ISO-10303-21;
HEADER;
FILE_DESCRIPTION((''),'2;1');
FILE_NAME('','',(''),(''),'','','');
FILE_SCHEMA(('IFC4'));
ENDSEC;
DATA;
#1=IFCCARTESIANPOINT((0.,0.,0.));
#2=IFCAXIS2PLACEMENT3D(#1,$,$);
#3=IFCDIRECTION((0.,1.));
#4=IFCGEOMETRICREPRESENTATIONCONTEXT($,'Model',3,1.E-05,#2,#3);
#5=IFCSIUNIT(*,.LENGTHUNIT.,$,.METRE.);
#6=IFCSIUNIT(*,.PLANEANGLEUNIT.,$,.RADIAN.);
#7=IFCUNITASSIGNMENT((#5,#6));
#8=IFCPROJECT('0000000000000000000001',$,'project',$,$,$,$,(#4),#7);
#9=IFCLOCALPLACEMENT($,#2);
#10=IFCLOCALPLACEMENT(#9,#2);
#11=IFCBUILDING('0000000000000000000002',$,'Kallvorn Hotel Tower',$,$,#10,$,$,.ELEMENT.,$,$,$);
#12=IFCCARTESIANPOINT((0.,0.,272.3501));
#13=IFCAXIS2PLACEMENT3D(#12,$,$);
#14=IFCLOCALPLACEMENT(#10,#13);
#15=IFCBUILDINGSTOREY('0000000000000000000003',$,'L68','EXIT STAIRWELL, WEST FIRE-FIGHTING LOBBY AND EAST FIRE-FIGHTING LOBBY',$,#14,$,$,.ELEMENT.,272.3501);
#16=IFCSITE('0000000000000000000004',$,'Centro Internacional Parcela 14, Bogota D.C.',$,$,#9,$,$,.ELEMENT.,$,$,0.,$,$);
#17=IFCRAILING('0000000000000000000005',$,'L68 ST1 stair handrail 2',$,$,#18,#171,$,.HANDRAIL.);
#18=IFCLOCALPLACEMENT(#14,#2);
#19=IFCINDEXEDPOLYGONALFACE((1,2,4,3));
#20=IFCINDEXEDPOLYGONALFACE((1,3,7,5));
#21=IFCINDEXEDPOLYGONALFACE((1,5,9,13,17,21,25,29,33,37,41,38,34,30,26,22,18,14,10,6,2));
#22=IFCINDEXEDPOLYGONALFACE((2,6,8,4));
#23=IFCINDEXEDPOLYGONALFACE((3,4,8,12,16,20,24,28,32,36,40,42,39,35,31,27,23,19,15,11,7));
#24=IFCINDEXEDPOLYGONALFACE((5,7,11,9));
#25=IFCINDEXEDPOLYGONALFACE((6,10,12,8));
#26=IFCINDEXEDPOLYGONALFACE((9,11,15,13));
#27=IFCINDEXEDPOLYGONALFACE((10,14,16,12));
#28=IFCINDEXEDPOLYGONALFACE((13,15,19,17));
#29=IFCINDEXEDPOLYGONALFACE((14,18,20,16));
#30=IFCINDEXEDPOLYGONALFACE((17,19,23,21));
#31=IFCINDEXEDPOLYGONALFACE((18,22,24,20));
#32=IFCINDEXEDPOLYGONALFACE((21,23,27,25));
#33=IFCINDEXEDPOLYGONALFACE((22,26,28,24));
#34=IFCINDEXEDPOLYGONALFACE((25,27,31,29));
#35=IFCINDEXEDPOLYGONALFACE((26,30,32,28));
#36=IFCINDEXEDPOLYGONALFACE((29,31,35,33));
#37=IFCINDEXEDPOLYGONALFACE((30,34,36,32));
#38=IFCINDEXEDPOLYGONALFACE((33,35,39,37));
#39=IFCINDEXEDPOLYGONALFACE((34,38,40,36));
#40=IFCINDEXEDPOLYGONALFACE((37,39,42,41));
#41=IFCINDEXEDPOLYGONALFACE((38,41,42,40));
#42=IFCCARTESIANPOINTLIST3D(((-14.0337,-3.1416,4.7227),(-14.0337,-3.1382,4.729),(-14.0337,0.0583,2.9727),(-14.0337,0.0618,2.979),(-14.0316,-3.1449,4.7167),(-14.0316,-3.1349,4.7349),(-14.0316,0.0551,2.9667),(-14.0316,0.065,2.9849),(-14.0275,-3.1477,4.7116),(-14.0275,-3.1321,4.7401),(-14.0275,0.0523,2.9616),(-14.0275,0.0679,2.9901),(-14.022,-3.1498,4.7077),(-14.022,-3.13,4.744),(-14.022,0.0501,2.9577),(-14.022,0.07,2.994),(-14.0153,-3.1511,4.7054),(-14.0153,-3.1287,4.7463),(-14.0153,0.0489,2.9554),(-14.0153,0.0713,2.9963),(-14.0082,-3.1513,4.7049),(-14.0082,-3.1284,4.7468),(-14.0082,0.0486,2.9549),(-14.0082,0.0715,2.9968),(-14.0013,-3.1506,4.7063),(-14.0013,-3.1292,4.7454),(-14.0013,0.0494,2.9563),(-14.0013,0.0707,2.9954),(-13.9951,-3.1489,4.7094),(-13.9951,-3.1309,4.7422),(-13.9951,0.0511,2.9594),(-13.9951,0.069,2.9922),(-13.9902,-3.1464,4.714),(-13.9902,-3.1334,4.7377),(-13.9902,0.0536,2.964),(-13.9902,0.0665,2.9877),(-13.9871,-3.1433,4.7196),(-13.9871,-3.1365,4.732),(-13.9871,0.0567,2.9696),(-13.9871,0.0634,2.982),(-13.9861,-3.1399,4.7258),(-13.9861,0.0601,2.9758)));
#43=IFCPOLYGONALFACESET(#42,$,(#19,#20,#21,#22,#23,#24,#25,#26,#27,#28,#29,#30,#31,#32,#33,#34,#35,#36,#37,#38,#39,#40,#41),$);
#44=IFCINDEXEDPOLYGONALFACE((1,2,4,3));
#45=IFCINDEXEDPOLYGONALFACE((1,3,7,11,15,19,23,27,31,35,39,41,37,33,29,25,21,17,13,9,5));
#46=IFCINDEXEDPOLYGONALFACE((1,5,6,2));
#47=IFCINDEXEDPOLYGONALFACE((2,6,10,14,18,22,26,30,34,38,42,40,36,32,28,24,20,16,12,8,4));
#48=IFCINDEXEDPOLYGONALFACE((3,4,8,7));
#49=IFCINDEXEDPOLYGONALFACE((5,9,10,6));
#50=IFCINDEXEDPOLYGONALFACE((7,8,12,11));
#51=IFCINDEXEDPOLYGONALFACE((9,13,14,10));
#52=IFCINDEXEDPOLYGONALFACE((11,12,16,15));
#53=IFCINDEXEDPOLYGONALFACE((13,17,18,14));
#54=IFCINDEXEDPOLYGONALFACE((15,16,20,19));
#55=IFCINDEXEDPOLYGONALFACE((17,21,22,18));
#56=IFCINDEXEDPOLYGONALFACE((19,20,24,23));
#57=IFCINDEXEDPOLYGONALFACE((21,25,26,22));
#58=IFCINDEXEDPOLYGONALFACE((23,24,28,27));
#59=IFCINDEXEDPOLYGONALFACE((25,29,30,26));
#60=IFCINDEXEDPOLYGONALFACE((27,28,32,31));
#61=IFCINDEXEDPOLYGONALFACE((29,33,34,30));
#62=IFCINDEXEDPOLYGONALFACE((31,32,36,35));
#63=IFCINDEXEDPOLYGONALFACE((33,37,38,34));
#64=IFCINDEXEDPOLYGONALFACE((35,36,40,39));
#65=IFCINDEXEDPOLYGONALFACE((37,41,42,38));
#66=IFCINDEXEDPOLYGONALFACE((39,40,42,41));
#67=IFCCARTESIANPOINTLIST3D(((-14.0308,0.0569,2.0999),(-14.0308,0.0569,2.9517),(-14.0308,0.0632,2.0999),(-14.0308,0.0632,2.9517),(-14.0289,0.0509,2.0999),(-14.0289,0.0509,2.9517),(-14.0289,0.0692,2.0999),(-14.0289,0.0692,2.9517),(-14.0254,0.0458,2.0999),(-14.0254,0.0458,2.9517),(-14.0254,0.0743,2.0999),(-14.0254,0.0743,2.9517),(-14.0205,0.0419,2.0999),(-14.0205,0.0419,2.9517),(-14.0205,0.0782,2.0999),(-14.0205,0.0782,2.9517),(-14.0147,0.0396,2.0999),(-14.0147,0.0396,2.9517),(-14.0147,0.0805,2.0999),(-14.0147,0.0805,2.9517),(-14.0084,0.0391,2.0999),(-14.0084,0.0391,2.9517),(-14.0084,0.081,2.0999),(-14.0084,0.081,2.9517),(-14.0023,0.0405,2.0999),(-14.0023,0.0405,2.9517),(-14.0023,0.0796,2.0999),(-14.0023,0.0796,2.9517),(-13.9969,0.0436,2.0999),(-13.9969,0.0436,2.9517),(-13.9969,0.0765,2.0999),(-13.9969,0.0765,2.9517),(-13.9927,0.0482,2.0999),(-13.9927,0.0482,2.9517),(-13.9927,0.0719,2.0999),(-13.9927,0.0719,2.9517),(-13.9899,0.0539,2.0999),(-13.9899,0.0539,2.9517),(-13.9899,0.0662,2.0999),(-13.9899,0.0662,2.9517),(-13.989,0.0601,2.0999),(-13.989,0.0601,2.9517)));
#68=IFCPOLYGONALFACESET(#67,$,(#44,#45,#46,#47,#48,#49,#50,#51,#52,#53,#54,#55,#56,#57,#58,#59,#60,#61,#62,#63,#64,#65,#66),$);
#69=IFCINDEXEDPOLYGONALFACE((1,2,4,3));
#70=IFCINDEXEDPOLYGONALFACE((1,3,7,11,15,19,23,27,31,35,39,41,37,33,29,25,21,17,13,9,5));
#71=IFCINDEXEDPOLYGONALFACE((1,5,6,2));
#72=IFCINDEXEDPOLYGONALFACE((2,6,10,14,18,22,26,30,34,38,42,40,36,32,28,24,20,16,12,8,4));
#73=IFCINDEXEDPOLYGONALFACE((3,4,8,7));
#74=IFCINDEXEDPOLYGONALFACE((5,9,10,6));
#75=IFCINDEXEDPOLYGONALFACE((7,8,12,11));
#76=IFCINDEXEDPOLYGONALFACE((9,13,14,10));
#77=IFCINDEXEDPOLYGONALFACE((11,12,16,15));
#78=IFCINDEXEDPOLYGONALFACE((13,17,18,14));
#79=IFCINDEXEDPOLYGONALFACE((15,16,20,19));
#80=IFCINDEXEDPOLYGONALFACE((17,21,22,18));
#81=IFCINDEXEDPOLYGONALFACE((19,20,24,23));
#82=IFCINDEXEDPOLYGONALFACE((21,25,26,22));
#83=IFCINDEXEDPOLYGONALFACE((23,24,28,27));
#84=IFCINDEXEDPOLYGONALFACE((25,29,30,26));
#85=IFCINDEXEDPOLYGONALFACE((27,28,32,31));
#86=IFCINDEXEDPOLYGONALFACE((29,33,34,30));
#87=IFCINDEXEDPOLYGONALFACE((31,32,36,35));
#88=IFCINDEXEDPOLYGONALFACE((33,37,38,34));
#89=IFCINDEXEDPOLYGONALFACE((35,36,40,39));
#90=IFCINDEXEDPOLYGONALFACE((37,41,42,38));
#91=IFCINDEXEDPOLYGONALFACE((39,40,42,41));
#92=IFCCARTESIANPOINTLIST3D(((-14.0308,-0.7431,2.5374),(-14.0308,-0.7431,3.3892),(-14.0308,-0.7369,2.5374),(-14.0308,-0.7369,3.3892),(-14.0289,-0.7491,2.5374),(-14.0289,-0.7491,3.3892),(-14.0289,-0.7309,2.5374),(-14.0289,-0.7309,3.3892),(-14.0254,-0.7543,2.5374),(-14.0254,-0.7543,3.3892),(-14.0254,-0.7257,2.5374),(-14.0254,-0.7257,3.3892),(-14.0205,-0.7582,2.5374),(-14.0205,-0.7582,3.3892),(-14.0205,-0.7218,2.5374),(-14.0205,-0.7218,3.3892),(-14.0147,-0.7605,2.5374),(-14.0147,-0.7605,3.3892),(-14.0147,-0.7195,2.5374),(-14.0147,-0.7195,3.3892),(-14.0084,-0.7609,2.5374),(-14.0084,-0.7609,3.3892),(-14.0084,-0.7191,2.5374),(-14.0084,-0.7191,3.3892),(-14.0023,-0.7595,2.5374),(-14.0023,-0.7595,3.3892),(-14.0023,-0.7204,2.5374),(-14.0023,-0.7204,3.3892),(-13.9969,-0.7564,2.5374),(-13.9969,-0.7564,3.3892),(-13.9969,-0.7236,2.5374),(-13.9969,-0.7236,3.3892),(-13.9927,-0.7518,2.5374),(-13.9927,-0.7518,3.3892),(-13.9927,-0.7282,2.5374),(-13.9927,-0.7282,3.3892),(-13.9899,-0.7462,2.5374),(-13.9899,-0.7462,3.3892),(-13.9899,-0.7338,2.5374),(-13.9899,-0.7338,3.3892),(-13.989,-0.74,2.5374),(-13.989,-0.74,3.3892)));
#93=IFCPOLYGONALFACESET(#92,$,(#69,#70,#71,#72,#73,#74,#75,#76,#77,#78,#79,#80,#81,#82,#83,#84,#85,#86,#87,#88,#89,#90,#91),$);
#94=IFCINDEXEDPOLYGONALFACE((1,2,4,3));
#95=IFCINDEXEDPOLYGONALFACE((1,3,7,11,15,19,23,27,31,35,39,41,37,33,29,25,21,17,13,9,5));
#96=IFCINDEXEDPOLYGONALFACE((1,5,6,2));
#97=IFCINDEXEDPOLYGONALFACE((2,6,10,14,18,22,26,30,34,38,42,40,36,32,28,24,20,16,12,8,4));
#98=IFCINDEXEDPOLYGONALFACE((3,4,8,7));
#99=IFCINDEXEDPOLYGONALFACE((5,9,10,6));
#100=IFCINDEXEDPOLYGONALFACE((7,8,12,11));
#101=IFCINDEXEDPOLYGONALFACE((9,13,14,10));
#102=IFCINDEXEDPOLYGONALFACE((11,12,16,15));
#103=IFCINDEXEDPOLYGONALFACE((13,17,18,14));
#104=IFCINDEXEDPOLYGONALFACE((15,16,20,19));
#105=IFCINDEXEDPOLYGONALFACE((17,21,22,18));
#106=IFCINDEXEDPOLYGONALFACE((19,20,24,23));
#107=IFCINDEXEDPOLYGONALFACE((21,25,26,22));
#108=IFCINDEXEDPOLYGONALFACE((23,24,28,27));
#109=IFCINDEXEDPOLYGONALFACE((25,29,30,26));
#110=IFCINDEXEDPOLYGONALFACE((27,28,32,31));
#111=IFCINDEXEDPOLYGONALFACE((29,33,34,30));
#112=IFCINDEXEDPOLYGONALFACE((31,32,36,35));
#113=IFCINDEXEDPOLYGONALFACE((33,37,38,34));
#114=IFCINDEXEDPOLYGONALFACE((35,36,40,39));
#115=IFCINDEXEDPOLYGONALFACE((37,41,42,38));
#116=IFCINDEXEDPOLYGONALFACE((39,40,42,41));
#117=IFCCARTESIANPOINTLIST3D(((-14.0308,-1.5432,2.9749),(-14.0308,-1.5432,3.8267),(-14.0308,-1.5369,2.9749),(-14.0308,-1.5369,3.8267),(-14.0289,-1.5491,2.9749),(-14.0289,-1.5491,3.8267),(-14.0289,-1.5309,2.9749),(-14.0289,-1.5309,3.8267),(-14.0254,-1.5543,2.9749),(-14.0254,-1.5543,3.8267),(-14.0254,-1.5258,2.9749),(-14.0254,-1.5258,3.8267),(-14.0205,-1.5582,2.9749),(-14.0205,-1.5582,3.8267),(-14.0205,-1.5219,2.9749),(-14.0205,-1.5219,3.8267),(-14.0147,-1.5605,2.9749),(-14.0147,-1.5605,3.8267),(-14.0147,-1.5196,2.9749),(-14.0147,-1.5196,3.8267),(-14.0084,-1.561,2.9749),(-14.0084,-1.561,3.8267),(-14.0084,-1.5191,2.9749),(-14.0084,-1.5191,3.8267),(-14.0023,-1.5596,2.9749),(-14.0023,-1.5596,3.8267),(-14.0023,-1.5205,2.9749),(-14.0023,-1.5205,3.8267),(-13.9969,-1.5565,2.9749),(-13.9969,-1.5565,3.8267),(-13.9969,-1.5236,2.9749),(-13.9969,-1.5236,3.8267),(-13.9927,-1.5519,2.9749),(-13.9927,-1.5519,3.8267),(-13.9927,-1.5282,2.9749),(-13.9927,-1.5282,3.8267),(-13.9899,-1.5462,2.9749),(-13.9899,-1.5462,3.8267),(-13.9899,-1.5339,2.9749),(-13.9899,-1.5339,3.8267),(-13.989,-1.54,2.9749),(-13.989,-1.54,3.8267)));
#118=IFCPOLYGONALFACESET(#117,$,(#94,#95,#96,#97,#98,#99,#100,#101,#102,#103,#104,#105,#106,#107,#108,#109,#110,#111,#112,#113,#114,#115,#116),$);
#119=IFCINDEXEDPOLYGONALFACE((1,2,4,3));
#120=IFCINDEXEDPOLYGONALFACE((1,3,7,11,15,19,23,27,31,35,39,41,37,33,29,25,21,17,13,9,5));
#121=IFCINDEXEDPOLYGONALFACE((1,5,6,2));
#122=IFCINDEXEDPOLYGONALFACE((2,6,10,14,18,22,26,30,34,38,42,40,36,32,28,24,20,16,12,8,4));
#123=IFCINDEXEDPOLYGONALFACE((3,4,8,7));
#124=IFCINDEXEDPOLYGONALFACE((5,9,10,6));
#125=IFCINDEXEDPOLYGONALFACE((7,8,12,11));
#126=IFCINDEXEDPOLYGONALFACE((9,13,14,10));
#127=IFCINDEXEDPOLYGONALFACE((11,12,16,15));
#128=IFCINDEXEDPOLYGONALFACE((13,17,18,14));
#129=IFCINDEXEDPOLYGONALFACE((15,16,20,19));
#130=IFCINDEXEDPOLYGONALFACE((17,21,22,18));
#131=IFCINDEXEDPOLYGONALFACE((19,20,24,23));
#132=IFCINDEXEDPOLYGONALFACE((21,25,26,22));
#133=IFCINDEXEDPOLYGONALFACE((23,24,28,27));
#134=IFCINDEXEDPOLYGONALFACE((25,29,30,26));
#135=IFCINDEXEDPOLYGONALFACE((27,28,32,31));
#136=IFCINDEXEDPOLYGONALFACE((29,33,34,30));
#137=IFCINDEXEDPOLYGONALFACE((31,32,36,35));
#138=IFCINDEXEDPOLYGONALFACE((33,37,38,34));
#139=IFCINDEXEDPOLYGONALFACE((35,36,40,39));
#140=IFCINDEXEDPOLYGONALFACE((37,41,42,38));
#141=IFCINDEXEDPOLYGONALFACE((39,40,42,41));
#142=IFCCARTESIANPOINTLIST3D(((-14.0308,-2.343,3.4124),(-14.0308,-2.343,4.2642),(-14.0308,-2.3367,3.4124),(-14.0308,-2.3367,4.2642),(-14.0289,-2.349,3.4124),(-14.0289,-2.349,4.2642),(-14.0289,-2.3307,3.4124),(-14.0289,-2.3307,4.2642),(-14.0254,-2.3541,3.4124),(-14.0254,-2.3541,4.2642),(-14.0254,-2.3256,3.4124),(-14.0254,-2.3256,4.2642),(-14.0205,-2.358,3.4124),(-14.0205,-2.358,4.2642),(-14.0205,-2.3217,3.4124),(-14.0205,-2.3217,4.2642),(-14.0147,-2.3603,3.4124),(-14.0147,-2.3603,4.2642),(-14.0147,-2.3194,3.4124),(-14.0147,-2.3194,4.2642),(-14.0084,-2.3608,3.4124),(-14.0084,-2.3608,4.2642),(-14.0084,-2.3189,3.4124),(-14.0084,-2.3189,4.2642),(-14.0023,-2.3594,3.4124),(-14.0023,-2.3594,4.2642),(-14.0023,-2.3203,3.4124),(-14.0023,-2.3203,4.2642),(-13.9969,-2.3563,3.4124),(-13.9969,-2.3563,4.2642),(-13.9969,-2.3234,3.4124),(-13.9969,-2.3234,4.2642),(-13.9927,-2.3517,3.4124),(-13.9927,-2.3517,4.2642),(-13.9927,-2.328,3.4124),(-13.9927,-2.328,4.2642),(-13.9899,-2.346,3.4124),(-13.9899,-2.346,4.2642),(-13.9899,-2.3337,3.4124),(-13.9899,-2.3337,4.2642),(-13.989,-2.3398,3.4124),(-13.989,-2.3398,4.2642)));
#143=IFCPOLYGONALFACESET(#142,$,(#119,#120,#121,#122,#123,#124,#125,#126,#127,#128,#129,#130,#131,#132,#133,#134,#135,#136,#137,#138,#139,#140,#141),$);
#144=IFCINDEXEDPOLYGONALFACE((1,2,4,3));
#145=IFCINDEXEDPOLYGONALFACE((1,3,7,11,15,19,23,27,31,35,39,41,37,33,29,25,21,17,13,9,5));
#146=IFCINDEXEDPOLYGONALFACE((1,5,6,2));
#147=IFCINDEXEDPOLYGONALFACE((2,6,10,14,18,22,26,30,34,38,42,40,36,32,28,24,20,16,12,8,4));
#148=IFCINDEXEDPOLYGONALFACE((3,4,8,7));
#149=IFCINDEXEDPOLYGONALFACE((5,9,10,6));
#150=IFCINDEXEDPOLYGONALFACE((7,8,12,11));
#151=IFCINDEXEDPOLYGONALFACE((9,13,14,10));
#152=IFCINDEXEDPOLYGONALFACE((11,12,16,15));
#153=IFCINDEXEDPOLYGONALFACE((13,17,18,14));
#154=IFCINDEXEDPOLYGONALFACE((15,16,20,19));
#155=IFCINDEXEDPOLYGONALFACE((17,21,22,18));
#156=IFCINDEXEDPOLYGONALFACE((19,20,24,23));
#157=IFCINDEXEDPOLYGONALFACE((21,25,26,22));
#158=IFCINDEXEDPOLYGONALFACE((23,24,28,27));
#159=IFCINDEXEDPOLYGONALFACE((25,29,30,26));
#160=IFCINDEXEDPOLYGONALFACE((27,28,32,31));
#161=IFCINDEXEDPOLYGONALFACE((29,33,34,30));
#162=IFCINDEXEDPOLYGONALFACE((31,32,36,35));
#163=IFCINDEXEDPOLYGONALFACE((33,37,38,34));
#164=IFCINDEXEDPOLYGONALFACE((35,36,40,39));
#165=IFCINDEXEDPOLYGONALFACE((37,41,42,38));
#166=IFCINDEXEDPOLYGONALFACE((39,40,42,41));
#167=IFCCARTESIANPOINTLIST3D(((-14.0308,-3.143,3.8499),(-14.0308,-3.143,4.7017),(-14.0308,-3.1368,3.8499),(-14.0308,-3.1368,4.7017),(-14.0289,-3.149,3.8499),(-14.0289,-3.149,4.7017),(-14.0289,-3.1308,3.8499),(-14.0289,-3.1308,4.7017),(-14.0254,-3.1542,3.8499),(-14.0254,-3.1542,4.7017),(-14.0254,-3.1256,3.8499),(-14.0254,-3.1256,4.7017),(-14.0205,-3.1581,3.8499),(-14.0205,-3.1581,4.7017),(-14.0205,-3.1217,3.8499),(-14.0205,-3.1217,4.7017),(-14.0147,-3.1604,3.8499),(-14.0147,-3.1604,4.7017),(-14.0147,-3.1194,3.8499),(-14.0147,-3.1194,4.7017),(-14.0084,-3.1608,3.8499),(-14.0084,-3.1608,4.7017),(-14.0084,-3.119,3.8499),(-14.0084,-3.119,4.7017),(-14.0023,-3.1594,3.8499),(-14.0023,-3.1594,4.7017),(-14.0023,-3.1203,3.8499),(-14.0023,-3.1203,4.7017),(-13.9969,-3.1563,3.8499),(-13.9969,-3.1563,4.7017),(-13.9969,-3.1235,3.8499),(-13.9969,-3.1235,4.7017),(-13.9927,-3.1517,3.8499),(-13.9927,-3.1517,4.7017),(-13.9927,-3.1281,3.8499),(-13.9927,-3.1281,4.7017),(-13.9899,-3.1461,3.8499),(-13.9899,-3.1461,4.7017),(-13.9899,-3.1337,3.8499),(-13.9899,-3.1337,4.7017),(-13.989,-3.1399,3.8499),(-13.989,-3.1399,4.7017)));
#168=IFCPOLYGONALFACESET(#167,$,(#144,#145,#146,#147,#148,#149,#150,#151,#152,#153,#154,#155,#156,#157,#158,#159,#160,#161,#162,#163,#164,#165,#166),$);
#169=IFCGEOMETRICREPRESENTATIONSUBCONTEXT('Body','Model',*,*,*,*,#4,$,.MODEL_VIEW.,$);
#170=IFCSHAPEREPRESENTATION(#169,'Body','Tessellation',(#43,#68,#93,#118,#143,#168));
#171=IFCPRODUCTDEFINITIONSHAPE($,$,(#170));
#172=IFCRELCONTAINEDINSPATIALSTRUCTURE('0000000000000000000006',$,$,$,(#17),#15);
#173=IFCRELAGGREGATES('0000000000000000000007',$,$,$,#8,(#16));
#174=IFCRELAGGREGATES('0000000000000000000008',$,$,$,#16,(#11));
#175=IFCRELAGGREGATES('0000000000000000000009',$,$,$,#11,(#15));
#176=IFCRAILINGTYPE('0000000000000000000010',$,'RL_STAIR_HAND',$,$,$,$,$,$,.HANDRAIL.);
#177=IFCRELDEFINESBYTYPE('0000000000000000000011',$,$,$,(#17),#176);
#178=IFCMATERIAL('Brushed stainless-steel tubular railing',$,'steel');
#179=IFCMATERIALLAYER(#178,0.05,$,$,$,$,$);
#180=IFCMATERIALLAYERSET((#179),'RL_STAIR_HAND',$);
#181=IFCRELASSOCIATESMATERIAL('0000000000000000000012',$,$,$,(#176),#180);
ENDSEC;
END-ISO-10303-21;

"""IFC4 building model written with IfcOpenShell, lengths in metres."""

from ifc_helpers import new_model, si_unit, direction, frame, origin, origin_2d, place, context, subcontext, project, spatial, circle, extrude, material, layer, layer_set, type_object, element, save


model = new_model("IFC4")

# Units and contexts
model_context = context("Model", 3, precision=1e-05, world=origin(), true_north=direction((0.0, 1.0)))
body_context = subcontext(model_context, "Body", "Model", "MODEL_VIEW")
ifc_project = project(units=[si_unit("LENGTHUNIT", "METRE"), si_unit("PLANEANGLEUNIT", "RADIAN")], contexts=[model_context])

# Site, building, storey
site_placement = place(None, origin())
site = spatial("IfcSite", under=ifc_project, at=site_placement, Name="Centro Internacional Parcela 14, Bogota D.C.", CompositionType="ELEMENT", RefElevation=0.0)
building_placement = place(site_placement, origin())
building = spatial("IfcBuilding", under=site, at=building_placement, Name="Kallvorn Hotel Tower", CompositionType="ELEMENT")
storey_placement = place(building_placement, frame((0.0, 0.0, 272.3501)))
storey = spatial("IfcBuildingStorey", under=building, at=storey_placement, Name="L68", Description="EXIT STAIRWELL, WEST FIRE-FIGHTING LOBBY AND EAST FIRE-FIGHTING LOBBY", CompositionType="ELEMENT", Elevation=272.3501)

# Railing
ifc_material_1 = material(Name="Brushed stainless-steel tubular railing", Category="steel")
ifc_layer_1 = layer(ifc_material_1, 0.05)
ifc_layer_set_1 = layer_set([ifc_layer_1], Name="RL_STAIR_HAND")
railing_type_1 = type_object("IfcRailingType", Name="RL_STAIR_HAND", PredefinedType="HANDRAIL", material=ifc_layer_set_1)
railing_1_placement = place(storey_placement, frame((-14.01, 0.0601, 2.0999)))
element("IfcRailing", 1, at=railing_1_placement, inside=storey, type_object=railing_type_1, Name="L68 ST1 stair handrail 2", PredefinedType="HANDRAIL", context=body_context, shape_type="SweptSolid", body=[
    extrude(circle(Radius=0.0239, at=origin_2d()), frame((0.0, 0.0, 0.876), z_axis=(0.0, -0.877368, 0.479818), x_axis=(1.0, 0.0, 0.0)), (0.0, 0.0, 1.0), 3.6472),
    extrude(circle(Radius=0.021, at=origin_2d()), origin(), (0.0, 0.0, 1.0), 0.8518),
    extrude(circle(Radius=0.021, at=origin_2d()), frame((0.0, -0.8, 0.4375)), (0.0, 0.0, 1.0), 0.8518),
    extrude(circle(Radius=0.021, at=origin_2d()), frame((0.0, -1.6001, 0.875)), (0.0, 0.0, 1.0), 0.8518),
    extrude(circle(Radius=0.021, at=origin_2d()), frame((0.0, -2.3999, 1.3125)), (0.0, 0.0, 1.0), 0.8518),
    extrude(circle(Radius=0.021, at=origin_2d()), frame((0.0, -3.2, 1.75)), (0.0, 0.0, 1.0), 0.8518),
])

save(model, "model.ifc")
